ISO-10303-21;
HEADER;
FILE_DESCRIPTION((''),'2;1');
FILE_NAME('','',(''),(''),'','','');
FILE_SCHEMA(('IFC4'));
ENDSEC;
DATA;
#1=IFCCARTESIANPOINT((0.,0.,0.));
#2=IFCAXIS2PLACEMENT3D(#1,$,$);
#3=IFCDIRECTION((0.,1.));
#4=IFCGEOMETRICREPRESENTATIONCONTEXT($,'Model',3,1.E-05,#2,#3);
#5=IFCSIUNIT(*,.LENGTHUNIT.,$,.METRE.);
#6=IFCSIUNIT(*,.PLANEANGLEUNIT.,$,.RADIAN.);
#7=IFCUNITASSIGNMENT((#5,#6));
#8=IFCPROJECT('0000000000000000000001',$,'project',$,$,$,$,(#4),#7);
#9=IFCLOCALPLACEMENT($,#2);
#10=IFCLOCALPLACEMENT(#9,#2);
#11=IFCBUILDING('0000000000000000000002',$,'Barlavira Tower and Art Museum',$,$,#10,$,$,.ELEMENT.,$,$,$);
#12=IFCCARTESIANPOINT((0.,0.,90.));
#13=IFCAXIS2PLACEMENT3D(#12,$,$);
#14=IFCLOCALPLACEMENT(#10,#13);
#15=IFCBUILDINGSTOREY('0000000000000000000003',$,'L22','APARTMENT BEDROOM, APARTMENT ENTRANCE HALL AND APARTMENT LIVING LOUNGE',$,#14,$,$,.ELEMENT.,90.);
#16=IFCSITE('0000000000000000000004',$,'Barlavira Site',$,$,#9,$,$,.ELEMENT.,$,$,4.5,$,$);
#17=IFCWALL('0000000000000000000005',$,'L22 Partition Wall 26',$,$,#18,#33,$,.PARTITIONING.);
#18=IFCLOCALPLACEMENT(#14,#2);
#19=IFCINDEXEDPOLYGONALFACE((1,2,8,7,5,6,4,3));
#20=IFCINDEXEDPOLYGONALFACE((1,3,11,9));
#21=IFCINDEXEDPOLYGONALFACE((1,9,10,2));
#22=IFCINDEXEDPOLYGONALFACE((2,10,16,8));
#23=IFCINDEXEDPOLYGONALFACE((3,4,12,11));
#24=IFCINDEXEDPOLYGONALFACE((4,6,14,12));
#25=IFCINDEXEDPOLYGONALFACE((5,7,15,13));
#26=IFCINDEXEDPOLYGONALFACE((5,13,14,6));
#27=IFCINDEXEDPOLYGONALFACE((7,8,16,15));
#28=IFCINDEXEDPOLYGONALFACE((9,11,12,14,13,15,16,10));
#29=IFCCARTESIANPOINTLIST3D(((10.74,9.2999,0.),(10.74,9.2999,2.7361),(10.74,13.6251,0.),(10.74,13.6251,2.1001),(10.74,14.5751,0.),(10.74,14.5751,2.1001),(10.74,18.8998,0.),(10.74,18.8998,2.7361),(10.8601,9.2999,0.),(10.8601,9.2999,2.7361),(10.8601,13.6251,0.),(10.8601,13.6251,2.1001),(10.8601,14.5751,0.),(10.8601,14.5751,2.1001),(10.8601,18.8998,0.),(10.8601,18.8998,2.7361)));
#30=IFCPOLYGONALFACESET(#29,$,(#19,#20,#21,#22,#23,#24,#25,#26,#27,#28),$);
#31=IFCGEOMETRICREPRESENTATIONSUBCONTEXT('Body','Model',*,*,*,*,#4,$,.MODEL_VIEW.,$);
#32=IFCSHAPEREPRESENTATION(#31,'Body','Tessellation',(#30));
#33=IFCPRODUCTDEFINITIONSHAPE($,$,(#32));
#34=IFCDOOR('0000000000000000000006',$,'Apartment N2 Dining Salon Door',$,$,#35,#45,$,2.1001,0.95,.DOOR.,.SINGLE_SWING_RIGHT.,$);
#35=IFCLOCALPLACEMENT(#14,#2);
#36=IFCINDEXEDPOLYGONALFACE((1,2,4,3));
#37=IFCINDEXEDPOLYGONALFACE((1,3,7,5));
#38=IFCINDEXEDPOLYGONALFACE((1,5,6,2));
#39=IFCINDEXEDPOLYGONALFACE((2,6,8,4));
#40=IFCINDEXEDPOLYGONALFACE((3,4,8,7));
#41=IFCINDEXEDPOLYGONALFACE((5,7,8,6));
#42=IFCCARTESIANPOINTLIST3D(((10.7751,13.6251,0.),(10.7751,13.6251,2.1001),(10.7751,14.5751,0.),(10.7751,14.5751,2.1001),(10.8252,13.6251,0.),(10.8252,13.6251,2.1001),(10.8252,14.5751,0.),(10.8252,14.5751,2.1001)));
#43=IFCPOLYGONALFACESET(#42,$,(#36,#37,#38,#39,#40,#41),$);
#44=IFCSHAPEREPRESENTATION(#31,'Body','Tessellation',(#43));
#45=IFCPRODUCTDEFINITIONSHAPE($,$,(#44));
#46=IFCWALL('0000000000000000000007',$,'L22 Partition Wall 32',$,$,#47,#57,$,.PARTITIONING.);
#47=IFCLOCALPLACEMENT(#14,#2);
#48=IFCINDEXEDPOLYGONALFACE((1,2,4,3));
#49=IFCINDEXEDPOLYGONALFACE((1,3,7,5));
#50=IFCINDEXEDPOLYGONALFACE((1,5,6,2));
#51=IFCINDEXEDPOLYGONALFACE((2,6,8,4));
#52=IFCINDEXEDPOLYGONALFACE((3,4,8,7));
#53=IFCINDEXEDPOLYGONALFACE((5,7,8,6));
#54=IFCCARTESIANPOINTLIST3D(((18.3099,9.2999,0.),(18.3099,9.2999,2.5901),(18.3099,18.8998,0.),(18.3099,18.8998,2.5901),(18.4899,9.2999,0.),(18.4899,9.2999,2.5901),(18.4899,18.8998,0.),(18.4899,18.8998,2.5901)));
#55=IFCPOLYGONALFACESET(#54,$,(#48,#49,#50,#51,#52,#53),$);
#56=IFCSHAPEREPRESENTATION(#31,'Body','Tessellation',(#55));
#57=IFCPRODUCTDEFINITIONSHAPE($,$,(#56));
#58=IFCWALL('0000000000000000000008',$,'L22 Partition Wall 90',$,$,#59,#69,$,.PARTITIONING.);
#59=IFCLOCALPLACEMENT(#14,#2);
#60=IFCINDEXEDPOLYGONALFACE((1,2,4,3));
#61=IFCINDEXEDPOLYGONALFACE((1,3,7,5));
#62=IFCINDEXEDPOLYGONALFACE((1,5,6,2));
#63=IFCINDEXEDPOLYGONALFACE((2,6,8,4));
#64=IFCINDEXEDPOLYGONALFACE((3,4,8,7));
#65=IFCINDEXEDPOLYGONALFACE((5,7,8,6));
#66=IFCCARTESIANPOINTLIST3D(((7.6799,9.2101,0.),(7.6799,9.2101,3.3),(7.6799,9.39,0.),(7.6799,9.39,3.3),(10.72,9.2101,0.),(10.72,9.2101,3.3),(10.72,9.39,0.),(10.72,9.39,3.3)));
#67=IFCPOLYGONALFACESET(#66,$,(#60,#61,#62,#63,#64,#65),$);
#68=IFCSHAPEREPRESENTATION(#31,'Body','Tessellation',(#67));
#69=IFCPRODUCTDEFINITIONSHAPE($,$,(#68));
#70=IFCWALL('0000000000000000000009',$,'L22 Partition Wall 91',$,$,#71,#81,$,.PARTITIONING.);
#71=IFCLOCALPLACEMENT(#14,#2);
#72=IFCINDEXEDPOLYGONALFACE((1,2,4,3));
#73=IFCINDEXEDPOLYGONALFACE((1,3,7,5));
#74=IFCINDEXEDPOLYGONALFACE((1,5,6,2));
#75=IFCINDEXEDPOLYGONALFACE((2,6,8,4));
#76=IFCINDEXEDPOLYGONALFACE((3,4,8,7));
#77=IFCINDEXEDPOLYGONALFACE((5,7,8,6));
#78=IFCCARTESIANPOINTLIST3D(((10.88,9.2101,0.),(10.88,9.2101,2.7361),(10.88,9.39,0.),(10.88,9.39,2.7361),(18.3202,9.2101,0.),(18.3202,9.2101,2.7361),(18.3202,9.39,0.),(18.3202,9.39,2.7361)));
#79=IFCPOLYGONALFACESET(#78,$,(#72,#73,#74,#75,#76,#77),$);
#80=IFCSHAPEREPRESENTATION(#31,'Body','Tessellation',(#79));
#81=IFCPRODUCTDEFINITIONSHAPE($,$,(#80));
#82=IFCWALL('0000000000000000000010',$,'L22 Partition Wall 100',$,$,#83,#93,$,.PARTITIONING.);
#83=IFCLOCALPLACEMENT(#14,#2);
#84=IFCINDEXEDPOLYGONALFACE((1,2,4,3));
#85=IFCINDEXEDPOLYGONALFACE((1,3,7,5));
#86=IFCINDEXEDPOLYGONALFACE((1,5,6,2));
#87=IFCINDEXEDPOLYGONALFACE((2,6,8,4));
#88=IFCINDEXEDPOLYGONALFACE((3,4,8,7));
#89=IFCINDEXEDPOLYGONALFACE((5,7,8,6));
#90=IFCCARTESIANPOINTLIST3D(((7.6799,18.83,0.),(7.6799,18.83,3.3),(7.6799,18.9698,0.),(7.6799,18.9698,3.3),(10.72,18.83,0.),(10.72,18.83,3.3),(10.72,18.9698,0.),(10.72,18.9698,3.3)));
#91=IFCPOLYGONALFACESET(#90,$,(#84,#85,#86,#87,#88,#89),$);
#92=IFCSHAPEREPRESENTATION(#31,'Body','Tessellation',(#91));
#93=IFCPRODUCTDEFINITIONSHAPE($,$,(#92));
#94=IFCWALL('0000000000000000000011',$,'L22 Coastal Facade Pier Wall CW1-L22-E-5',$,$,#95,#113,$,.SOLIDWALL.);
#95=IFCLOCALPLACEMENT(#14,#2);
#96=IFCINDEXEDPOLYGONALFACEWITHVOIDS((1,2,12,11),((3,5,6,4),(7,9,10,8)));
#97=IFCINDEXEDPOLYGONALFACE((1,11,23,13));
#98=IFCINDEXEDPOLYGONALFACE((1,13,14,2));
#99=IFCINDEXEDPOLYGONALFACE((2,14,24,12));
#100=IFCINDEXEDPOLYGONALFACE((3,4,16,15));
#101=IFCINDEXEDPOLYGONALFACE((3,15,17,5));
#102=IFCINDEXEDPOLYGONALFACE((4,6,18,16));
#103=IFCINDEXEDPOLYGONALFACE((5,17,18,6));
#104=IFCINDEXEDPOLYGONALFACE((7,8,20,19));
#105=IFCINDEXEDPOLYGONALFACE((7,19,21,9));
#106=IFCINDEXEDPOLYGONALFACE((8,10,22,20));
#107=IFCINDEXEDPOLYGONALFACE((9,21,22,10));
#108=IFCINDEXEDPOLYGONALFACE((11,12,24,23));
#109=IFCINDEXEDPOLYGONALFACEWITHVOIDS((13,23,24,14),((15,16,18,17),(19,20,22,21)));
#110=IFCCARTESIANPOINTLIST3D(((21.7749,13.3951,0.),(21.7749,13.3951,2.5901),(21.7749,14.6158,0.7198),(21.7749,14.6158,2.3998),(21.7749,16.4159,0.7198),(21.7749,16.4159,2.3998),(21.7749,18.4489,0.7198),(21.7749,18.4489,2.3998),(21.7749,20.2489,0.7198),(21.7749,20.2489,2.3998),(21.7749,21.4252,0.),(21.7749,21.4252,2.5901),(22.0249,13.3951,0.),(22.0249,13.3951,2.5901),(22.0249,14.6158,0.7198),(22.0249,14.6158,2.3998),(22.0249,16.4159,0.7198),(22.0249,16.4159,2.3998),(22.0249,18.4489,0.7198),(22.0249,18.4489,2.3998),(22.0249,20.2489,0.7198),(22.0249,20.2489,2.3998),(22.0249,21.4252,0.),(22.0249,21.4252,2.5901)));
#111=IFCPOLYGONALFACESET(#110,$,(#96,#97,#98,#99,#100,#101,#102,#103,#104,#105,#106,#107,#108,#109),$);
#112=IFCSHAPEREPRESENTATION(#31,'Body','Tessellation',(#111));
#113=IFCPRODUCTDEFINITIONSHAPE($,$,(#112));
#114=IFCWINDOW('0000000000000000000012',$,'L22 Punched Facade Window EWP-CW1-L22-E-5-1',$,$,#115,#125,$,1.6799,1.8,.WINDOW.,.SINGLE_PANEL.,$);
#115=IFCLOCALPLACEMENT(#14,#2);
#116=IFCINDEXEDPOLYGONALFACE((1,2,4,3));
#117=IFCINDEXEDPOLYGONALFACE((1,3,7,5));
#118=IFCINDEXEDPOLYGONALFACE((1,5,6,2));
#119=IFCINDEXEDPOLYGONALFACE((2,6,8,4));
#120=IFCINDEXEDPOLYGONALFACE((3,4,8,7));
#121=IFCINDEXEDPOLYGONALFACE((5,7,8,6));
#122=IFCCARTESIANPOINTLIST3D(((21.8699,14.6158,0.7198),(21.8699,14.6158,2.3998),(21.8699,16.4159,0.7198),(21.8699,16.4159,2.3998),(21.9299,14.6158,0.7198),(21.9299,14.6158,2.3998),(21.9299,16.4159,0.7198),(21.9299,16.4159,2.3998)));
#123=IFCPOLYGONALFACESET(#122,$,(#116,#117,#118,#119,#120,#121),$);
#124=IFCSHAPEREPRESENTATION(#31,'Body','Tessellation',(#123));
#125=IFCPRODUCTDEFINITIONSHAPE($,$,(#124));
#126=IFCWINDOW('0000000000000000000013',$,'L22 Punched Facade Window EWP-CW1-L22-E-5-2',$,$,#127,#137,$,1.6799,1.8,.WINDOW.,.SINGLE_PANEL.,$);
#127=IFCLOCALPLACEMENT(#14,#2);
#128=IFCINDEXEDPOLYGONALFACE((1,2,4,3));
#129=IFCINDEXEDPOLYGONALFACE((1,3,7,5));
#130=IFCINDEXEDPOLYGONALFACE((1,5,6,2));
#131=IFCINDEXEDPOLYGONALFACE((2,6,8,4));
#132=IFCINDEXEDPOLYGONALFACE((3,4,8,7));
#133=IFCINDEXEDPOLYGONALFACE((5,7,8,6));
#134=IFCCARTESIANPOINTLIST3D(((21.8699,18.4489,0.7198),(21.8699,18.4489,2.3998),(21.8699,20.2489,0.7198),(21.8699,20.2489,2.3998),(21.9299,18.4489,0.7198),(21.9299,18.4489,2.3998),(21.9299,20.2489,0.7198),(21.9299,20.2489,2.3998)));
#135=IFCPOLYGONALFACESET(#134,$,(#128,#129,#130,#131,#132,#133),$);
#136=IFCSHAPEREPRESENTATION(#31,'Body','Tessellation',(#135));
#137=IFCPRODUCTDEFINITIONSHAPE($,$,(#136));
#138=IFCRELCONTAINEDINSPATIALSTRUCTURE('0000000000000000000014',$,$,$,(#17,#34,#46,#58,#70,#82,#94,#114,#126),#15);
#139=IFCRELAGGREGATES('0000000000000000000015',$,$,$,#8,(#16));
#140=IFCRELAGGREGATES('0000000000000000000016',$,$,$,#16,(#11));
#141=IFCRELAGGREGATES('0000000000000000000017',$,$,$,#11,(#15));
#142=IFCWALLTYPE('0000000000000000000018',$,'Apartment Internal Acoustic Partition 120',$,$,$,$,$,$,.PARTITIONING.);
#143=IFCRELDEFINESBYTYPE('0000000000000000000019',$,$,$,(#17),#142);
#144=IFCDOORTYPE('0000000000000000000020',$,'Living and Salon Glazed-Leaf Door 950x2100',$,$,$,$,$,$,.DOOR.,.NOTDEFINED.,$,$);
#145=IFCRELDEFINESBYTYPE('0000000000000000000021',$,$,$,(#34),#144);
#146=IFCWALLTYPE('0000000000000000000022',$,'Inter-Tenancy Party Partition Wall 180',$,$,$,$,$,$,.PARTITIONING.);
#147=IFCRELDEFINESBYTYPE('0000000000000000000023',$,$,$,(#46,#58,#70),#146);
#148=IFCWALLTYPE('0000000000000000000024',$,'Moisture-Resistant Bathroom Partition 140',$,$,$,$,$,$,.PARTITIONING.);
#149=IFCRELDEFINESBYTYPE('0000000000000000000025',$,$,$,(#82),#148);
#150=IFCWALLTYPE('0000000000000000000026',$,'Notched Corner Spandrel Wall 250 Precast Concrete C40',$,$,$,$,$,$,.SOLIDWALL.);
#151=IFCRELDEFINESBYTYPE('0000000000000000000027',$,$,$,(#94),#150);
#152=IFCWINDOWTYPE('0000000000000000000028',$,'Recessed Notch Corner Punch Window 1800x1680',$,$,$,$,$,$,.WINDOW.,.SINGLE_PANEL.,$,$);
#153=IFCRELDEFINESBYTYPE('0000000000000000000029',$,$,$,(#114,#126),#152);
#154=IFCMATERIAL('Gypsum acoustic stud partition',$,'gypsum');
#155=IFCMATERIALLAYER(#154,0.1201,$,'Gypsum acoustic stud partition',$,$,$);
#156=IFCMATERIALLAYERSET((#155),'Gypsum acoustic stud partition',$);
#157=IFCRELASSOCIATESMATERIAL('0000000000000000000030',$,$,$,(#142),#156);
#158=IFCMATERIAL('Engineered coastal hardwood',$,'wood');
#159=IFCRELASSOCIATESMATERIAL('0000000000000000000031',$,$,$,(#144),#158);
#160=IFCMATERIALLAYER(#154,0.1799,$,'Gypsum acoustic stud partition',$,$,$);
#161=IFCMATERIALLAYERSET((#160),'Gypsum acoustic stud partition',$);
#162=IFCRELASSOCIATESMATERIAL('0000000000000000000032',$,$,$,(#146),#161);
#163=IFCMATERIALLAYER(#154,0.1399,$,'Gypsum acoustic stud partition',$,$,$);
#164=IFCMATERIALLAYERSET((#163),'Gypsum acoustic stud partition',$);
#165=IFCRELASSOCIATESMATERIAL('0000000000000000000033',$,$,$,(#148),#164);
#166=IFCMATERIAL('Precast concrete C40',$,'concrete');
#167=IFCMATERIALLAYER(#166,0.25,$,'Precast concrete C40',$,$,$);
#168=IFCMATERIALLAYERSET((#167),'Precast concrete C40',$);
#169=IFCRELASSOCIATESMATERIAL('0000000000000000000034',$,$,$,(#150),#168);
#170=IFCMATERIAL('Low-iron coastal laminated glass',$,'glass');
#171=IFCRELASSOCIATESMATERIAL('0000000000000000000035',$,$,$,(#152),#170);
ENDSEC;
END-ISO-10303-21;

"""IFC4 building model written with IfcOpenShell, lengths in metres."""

from ifc_helpers import new_model, si_unit, direction, frame, frame_2d, origin, place, context, subcontext, project, spatial, rectangle, extrude, material, layer, layer_set, type_object, element, fill, save


model = new_model("IFC4")

# Units and contexts
model_context = context("Model", 3, precision=1e-05, world=origin(), true_north=direction((0.0, 1.0)))
body_context = subcontext(model_context, "Body", "Model", "MODEL_VIEW")
ifc_project = project(units=[si_unit("LENGTHUNIT", "METRE"), si_unit("PLANEANGLEUNIT", "RADIAN")], contexts=[model_context])

# Site, building, storey
site_placement = place(None, origin())
site = spatial("IfcSite", under=ifc_project, at=site_placement, Name="Barlavira Site", CompositionType="ELEMENT", RefElevation=4.5)
building_placement = place(site_placement, origin())
building = spatial("IfcBuilding", under=site, at=building_placement, Name="Barlavira Tower and Art Museum", CompositionType="ELEMENT")
storey_placement = place(building_placement, frame((0.0, 0.0, 90.0)))
storey = spatial("IfcBuildingStorey", under=building, at=storey_placement, Name="L22", Description="APARTMENT BEDROOM, APARTMENT ENTRANCE HALL AND APARTMENT LIVING LOUNGE", CompositionType="ELEMENT", Elevation=90.0)

# Shared definitions
ifc_material_1 = material(Name="Gypsum acoustic stud partition", Category="gypsum")
ifc_layer_1 = layer(ifc_material_1, 0.1201, Name="Gypsum acoustic stud partition")
ifc_layer_set_1 = layer_set([ifc_layer_1], Name="Gypsum acoustic stud partition")
wall_type_1 = type_object("IfcWallType", Name="Apartment Internal Acoustic Partition 120", PredefinedType="PARTITIONING", material=ifc_layer_set_1)
ifc_material_2 = material(Name="Engineered coastal hardwood", Category="wood")
door_type_1 = type_object("IfcDoorType", Name="Living and Salon Glazed-Leaf Door 950x2100", OperationType="NOTDEFINED", PredefinedType="DOOR", material=ifc_material_2)

# Wall, opening, door
wall_1_placement = place(storey_placement, frame((10.8, 9.3, 0.0), z_axis=(0.0, 0.0, 1.0), x_axis=(0.0, 1.0, 0.0)))
wall_1 = element("IfcWall", 1, at=wall_1_placement, inside=storey, type_object=wall_type_1, Name="L22 Partition Wall 26", PredefinedType="PARTITIONING", context=body_context, shape_type="SweptSolid", body=[
    extrude(rectangle(XDim=9.5999, YDim=0.1201, at=frame_2d((4.7998, 0.0))), origin(), (0.0, 0.0, 1.0), 2.7361),
])
opening_1_placement = place(wall_1_placement, frame((4.325, 0.0, 0.0)))
opening_1 = element("IfcOpeningElement", 2, at=opening_1_placement, cuts=wall_1, PredefinedType="OPENING", context=body_context, shape_type="SweptSolid", body=[
    extrude(rectangle(XDim=0.95, YDim=2.1001, at=frame_2d((0.4751, 1.05))), frame((0.0, 0.0701, 0.0), z_axis=(0.0, -1.0, 0.0), x_axis=(1.0, 0.0, 0.0)), (0.0, 0.0, 1.0), 0.1401),
])
door_1_placement = place(opening_1_placement, origin())
door_1 = element("IfcDoor", 3, at=door_1_placement, inside=storey, type_object=door_type_1, Name="Apartment N2 Dining Salon Door", OperationType="SINGLE_SWING_RIGHT", OverallHeight=2.1001, OverallWidth=0.95, PredefinedType="DOOR", context=body_context, shape_type="SweptSolid", body=[
    extrude(rectangle(XDim=0.95, YDim=2.1001, at=frame_2d((0.4751, 1.05))), frame((0.0, 0.0249, 0.0), z_axis=(0.0, -1.0, 0.0), x_axis=(1.0, 0.0, 0.0)), (0.0, 0.0, 1.0), 0.05),
])
fill(opening_1, door_1)

# Walls
ifc_layer_2 = layer(ifc_material_1, 0.1799, Name="Gypsum acoustic stud partition")
ifc_layer_set_2 = layer_set([ifc_layer_2], Name="Gypsum acoustic stud partition")
wall_type_2 = type_object("IfcWallType", Name="Inter-Tenancy Party Partition Wall 180", PredefinedType="PARTITIONING", material=ifc_layer_set_2)
wall_2_placement = place(storey_placement, frame((18.3999, 9.3, 0.0), z_axis=(0.0, 0.0, 1.0), x_axis=(0.0, 1.0, 0.0)))
element("IfcWall", 4, at=wall_2_placement, inside=storey, type_object=wall_type_2, Name="L22 Partition Wall 32", PredefinedType="PARTITIONING", context=body_context, shape_type="SweptSolid", body=[
    extrude(rectangle(XDim=9.5999, YDim=0.1799, at=frame_2d((4.7998, 0.0))), origin(), (0.0, 0.0, 1.0), 2.5901),
])
wall_3_placement = place(storey_placement, frame((7.6799, 9.3, 0.0), z_axis=(0.0, 0.0, 1.0), x_axis=(1.0, 0.0, 0.0)))
element("IfcWall", 5, at=wall_3_placement, inside=storey, type_object=wall_type_2, Name="L22 Partition Wall 90", PredefinedType="PARTITIONING", context=body_context, shape_type="SweptSolid", body=[
    extrude(rectangle(XDim=3.04, YDim=0.1799, at=frame_2d((1.52, 0.0))), origin(), (0.0, 0.0, 1.0), 3.3),
])
wall_4_placement = place(storey_placement, frame((10.8799, 9.3, 0.0), z_axis=(0.0, 0.0, 1.0), x_axis=(1.0, 0.0, 0.0)))
element("IfcWall", 6, at=wall_4_placement, inside=storey, type_object=wall_type_2, Name="L22 Partition Wall 91", PredefinedType="PARTITIONING", context=body_context, shape_type="SweptSolid", body=[
    extrude(rectangle(XDim=7.4402, YDim=0.1799, at=frame_2d((3.7202, 0.0))), origin(), (0.0, 0.0, 1.0), 2.7361),
])
ifc_layer_3 = layer(ifc_material_1, 0.1399, Name="Gypsum acoustic stud partition")
ifc_layer_set_3 = layer_set([ifc_layer_3], Name="Gypsum acoustic stud partition")
wall_type_3 = type_object("IfcWallType", Name="Moisture-Resistant Bathroom Partition 140", PredefinedType="PARTITIONING", material=ifc_layer_set_3)
wall_5_placement = place(storey_placement, frame((7.6799, 18.8999, 0.0), z_axis=(0.0, 0.0, 1.0), x_axis=(1.0, 0.0, 0.0)))
element("IfcWall", 7, at=wall_5_placement, inside=storey, type_object=wall_type_3, Name="L22 Partition Wall 100", PredefinedType="PARTITIONING", context=body_context, shape_type="SweptSolid", body=[
    extrude(rectangle(XDim=3.04, YDim=0.1399, at=frame_2d((1.52, 0.0))), origin(), (0.0, 0.0, 1.0), 3.3),
])

# Wall, openings, windows
ifc_material_3 = material(Name="Precast concrete C40", Category="concrete")
ifc_layer_4 = layer(ifc_material_3, 0.25, Name="Precast concrete C40")
ifc_layer_set_4 = layer_set([ifc_layer_4], Name="Precast concrete C40")
wall_type_4 = type_object("IfcWallType", Name="Notched Corner Spandrel Wall 250 Precast Concrete C40", PredefinedType="SOLIDWALL", material=ifc_layer_set_4)
wall_6_placement = place(storey_placement, frame((21.8999, 13.395, 0.0), z_axis=(0.0, 0.0, 1.0), x_axis=(0.0, 1.0, 0.0)))
wall_6 = element("IfcWall", 8, at=wall_6_placement, inside=storey, type_object=wall_type_4, Name="L22 Coastal Facade Pier Wall CW1-L22-E-5", PredefinedType="SOLIDWALL", context=body_context, shape_type="SweptSolid", body=[
    extrude(rectangle(XDim=8.03, YDim=0.25, at=frame_2d((4.0151, 0.0))), origin(), (0.0, 0.0, 1.0), 2.5901),
])
opening_2_placement = place(wall_6_placement, frame((1.2209, 0.0, 0.72)))
opening_2 = element("IfcOpeningElement", 9, at=opening_2_placement, cuts=wall_6, PredefinedType="OPENING", context=body_context, shape_type="SweptSolid", body=[
    extrude(rectangle(XDim=1.8, YDim=1.6799, at=frame_2d((0.8999, 0.8398))), frame((0.0, 0.135, 0.0), z_axis=(0.0, -1.0, 0.0), x_axis=(1.0, 0.0, 0.0)), (0.0, 0.0, 1.0), 0.27),
])
opening_3_placement = place(wall_6_placement, frame((5.054, 0.0, 0.72)))
opening_3 = element("IfcOpeningElement", 10, at=opening_3_placement, cuts=wall_6, PredefinedType="OPENING", context=body_context, shape_type="SweptSolid", body=[
    extrude(rectangle(XDim=1.8, YDim=1.6799, at=frame_2d((0.8999, 0.8398))), frame((0.0, 0.135, 0.0), z_axis=(0.0, -1.0, 0.0), x_axis=(1.0, 0.0, 0.0)), (0.0, 0.0, 1.0), 0.27),
])
ifc_material_4 = material(Name="Low-iron coastal laminated glass", Category="glass")
window_type = type_object("IfcWindowType", Name="Recessed Notch Corner Punch Window 1800x1680", PartitioningType="SINGLE_PANEL", PredefinedType="WINDOW", material=ifc_material_4)
window_1_placement = place(opening_2_placement, origin())
window_1 = element("IfcWindow", 11, at=window_1_placement, inside=storey, type_object=window_type, Name="L22 Punched Facade Window EWP-CW1-L22-E-5-1", OverallHeight=1.6799, OverallWidth=1.8, PartitioningType="SINGLE_PANEL", PredefinedType="WINDOW", context=body_context, shape_type="SweptSolid", body=[
    extrude(rectangle(XDim=1.8, YDim=1.6799, at=frame_2d((0.8999, 0.8398))), frame((0.0, 0.03, 0.0), z_axis=(0.0, -1.0, 0.0), x_axis=(1.0, 0.0, 0.0)), (0.0, 0.0, 1.0), 0.0601),
])
fill(opening_2, window_1)
window_2_placement = place(opening_3_placement, origin())
window_2 = element("IfcWindow", 12, at=window_2_placement, inside=storey, type_object=window_type, Name="L22 Punched Facade Window EWP-CW1-L22-E-5-2", OverallHeight=1.6799, OverallWidth=1.8, PartitioningType="SINGLE_PANEL", PredefinedType="WINDOW", context=body_context, shape_type="SweptSolid", body=[
    extrude(rectangle(XDim=1.8, YDim=1.6799, at=frame_2d((0.8999, 0.8398))), frame((0.0, 0.03, 0.0), z_axis=(0.0, -1.0, 0.0), x_axis=(1.0, 0.0, 0.0)), (0.0, 0.0, 1.0), 0.0601),
])
fill(opening_3, window_2)

save(model, "model.ifc")
